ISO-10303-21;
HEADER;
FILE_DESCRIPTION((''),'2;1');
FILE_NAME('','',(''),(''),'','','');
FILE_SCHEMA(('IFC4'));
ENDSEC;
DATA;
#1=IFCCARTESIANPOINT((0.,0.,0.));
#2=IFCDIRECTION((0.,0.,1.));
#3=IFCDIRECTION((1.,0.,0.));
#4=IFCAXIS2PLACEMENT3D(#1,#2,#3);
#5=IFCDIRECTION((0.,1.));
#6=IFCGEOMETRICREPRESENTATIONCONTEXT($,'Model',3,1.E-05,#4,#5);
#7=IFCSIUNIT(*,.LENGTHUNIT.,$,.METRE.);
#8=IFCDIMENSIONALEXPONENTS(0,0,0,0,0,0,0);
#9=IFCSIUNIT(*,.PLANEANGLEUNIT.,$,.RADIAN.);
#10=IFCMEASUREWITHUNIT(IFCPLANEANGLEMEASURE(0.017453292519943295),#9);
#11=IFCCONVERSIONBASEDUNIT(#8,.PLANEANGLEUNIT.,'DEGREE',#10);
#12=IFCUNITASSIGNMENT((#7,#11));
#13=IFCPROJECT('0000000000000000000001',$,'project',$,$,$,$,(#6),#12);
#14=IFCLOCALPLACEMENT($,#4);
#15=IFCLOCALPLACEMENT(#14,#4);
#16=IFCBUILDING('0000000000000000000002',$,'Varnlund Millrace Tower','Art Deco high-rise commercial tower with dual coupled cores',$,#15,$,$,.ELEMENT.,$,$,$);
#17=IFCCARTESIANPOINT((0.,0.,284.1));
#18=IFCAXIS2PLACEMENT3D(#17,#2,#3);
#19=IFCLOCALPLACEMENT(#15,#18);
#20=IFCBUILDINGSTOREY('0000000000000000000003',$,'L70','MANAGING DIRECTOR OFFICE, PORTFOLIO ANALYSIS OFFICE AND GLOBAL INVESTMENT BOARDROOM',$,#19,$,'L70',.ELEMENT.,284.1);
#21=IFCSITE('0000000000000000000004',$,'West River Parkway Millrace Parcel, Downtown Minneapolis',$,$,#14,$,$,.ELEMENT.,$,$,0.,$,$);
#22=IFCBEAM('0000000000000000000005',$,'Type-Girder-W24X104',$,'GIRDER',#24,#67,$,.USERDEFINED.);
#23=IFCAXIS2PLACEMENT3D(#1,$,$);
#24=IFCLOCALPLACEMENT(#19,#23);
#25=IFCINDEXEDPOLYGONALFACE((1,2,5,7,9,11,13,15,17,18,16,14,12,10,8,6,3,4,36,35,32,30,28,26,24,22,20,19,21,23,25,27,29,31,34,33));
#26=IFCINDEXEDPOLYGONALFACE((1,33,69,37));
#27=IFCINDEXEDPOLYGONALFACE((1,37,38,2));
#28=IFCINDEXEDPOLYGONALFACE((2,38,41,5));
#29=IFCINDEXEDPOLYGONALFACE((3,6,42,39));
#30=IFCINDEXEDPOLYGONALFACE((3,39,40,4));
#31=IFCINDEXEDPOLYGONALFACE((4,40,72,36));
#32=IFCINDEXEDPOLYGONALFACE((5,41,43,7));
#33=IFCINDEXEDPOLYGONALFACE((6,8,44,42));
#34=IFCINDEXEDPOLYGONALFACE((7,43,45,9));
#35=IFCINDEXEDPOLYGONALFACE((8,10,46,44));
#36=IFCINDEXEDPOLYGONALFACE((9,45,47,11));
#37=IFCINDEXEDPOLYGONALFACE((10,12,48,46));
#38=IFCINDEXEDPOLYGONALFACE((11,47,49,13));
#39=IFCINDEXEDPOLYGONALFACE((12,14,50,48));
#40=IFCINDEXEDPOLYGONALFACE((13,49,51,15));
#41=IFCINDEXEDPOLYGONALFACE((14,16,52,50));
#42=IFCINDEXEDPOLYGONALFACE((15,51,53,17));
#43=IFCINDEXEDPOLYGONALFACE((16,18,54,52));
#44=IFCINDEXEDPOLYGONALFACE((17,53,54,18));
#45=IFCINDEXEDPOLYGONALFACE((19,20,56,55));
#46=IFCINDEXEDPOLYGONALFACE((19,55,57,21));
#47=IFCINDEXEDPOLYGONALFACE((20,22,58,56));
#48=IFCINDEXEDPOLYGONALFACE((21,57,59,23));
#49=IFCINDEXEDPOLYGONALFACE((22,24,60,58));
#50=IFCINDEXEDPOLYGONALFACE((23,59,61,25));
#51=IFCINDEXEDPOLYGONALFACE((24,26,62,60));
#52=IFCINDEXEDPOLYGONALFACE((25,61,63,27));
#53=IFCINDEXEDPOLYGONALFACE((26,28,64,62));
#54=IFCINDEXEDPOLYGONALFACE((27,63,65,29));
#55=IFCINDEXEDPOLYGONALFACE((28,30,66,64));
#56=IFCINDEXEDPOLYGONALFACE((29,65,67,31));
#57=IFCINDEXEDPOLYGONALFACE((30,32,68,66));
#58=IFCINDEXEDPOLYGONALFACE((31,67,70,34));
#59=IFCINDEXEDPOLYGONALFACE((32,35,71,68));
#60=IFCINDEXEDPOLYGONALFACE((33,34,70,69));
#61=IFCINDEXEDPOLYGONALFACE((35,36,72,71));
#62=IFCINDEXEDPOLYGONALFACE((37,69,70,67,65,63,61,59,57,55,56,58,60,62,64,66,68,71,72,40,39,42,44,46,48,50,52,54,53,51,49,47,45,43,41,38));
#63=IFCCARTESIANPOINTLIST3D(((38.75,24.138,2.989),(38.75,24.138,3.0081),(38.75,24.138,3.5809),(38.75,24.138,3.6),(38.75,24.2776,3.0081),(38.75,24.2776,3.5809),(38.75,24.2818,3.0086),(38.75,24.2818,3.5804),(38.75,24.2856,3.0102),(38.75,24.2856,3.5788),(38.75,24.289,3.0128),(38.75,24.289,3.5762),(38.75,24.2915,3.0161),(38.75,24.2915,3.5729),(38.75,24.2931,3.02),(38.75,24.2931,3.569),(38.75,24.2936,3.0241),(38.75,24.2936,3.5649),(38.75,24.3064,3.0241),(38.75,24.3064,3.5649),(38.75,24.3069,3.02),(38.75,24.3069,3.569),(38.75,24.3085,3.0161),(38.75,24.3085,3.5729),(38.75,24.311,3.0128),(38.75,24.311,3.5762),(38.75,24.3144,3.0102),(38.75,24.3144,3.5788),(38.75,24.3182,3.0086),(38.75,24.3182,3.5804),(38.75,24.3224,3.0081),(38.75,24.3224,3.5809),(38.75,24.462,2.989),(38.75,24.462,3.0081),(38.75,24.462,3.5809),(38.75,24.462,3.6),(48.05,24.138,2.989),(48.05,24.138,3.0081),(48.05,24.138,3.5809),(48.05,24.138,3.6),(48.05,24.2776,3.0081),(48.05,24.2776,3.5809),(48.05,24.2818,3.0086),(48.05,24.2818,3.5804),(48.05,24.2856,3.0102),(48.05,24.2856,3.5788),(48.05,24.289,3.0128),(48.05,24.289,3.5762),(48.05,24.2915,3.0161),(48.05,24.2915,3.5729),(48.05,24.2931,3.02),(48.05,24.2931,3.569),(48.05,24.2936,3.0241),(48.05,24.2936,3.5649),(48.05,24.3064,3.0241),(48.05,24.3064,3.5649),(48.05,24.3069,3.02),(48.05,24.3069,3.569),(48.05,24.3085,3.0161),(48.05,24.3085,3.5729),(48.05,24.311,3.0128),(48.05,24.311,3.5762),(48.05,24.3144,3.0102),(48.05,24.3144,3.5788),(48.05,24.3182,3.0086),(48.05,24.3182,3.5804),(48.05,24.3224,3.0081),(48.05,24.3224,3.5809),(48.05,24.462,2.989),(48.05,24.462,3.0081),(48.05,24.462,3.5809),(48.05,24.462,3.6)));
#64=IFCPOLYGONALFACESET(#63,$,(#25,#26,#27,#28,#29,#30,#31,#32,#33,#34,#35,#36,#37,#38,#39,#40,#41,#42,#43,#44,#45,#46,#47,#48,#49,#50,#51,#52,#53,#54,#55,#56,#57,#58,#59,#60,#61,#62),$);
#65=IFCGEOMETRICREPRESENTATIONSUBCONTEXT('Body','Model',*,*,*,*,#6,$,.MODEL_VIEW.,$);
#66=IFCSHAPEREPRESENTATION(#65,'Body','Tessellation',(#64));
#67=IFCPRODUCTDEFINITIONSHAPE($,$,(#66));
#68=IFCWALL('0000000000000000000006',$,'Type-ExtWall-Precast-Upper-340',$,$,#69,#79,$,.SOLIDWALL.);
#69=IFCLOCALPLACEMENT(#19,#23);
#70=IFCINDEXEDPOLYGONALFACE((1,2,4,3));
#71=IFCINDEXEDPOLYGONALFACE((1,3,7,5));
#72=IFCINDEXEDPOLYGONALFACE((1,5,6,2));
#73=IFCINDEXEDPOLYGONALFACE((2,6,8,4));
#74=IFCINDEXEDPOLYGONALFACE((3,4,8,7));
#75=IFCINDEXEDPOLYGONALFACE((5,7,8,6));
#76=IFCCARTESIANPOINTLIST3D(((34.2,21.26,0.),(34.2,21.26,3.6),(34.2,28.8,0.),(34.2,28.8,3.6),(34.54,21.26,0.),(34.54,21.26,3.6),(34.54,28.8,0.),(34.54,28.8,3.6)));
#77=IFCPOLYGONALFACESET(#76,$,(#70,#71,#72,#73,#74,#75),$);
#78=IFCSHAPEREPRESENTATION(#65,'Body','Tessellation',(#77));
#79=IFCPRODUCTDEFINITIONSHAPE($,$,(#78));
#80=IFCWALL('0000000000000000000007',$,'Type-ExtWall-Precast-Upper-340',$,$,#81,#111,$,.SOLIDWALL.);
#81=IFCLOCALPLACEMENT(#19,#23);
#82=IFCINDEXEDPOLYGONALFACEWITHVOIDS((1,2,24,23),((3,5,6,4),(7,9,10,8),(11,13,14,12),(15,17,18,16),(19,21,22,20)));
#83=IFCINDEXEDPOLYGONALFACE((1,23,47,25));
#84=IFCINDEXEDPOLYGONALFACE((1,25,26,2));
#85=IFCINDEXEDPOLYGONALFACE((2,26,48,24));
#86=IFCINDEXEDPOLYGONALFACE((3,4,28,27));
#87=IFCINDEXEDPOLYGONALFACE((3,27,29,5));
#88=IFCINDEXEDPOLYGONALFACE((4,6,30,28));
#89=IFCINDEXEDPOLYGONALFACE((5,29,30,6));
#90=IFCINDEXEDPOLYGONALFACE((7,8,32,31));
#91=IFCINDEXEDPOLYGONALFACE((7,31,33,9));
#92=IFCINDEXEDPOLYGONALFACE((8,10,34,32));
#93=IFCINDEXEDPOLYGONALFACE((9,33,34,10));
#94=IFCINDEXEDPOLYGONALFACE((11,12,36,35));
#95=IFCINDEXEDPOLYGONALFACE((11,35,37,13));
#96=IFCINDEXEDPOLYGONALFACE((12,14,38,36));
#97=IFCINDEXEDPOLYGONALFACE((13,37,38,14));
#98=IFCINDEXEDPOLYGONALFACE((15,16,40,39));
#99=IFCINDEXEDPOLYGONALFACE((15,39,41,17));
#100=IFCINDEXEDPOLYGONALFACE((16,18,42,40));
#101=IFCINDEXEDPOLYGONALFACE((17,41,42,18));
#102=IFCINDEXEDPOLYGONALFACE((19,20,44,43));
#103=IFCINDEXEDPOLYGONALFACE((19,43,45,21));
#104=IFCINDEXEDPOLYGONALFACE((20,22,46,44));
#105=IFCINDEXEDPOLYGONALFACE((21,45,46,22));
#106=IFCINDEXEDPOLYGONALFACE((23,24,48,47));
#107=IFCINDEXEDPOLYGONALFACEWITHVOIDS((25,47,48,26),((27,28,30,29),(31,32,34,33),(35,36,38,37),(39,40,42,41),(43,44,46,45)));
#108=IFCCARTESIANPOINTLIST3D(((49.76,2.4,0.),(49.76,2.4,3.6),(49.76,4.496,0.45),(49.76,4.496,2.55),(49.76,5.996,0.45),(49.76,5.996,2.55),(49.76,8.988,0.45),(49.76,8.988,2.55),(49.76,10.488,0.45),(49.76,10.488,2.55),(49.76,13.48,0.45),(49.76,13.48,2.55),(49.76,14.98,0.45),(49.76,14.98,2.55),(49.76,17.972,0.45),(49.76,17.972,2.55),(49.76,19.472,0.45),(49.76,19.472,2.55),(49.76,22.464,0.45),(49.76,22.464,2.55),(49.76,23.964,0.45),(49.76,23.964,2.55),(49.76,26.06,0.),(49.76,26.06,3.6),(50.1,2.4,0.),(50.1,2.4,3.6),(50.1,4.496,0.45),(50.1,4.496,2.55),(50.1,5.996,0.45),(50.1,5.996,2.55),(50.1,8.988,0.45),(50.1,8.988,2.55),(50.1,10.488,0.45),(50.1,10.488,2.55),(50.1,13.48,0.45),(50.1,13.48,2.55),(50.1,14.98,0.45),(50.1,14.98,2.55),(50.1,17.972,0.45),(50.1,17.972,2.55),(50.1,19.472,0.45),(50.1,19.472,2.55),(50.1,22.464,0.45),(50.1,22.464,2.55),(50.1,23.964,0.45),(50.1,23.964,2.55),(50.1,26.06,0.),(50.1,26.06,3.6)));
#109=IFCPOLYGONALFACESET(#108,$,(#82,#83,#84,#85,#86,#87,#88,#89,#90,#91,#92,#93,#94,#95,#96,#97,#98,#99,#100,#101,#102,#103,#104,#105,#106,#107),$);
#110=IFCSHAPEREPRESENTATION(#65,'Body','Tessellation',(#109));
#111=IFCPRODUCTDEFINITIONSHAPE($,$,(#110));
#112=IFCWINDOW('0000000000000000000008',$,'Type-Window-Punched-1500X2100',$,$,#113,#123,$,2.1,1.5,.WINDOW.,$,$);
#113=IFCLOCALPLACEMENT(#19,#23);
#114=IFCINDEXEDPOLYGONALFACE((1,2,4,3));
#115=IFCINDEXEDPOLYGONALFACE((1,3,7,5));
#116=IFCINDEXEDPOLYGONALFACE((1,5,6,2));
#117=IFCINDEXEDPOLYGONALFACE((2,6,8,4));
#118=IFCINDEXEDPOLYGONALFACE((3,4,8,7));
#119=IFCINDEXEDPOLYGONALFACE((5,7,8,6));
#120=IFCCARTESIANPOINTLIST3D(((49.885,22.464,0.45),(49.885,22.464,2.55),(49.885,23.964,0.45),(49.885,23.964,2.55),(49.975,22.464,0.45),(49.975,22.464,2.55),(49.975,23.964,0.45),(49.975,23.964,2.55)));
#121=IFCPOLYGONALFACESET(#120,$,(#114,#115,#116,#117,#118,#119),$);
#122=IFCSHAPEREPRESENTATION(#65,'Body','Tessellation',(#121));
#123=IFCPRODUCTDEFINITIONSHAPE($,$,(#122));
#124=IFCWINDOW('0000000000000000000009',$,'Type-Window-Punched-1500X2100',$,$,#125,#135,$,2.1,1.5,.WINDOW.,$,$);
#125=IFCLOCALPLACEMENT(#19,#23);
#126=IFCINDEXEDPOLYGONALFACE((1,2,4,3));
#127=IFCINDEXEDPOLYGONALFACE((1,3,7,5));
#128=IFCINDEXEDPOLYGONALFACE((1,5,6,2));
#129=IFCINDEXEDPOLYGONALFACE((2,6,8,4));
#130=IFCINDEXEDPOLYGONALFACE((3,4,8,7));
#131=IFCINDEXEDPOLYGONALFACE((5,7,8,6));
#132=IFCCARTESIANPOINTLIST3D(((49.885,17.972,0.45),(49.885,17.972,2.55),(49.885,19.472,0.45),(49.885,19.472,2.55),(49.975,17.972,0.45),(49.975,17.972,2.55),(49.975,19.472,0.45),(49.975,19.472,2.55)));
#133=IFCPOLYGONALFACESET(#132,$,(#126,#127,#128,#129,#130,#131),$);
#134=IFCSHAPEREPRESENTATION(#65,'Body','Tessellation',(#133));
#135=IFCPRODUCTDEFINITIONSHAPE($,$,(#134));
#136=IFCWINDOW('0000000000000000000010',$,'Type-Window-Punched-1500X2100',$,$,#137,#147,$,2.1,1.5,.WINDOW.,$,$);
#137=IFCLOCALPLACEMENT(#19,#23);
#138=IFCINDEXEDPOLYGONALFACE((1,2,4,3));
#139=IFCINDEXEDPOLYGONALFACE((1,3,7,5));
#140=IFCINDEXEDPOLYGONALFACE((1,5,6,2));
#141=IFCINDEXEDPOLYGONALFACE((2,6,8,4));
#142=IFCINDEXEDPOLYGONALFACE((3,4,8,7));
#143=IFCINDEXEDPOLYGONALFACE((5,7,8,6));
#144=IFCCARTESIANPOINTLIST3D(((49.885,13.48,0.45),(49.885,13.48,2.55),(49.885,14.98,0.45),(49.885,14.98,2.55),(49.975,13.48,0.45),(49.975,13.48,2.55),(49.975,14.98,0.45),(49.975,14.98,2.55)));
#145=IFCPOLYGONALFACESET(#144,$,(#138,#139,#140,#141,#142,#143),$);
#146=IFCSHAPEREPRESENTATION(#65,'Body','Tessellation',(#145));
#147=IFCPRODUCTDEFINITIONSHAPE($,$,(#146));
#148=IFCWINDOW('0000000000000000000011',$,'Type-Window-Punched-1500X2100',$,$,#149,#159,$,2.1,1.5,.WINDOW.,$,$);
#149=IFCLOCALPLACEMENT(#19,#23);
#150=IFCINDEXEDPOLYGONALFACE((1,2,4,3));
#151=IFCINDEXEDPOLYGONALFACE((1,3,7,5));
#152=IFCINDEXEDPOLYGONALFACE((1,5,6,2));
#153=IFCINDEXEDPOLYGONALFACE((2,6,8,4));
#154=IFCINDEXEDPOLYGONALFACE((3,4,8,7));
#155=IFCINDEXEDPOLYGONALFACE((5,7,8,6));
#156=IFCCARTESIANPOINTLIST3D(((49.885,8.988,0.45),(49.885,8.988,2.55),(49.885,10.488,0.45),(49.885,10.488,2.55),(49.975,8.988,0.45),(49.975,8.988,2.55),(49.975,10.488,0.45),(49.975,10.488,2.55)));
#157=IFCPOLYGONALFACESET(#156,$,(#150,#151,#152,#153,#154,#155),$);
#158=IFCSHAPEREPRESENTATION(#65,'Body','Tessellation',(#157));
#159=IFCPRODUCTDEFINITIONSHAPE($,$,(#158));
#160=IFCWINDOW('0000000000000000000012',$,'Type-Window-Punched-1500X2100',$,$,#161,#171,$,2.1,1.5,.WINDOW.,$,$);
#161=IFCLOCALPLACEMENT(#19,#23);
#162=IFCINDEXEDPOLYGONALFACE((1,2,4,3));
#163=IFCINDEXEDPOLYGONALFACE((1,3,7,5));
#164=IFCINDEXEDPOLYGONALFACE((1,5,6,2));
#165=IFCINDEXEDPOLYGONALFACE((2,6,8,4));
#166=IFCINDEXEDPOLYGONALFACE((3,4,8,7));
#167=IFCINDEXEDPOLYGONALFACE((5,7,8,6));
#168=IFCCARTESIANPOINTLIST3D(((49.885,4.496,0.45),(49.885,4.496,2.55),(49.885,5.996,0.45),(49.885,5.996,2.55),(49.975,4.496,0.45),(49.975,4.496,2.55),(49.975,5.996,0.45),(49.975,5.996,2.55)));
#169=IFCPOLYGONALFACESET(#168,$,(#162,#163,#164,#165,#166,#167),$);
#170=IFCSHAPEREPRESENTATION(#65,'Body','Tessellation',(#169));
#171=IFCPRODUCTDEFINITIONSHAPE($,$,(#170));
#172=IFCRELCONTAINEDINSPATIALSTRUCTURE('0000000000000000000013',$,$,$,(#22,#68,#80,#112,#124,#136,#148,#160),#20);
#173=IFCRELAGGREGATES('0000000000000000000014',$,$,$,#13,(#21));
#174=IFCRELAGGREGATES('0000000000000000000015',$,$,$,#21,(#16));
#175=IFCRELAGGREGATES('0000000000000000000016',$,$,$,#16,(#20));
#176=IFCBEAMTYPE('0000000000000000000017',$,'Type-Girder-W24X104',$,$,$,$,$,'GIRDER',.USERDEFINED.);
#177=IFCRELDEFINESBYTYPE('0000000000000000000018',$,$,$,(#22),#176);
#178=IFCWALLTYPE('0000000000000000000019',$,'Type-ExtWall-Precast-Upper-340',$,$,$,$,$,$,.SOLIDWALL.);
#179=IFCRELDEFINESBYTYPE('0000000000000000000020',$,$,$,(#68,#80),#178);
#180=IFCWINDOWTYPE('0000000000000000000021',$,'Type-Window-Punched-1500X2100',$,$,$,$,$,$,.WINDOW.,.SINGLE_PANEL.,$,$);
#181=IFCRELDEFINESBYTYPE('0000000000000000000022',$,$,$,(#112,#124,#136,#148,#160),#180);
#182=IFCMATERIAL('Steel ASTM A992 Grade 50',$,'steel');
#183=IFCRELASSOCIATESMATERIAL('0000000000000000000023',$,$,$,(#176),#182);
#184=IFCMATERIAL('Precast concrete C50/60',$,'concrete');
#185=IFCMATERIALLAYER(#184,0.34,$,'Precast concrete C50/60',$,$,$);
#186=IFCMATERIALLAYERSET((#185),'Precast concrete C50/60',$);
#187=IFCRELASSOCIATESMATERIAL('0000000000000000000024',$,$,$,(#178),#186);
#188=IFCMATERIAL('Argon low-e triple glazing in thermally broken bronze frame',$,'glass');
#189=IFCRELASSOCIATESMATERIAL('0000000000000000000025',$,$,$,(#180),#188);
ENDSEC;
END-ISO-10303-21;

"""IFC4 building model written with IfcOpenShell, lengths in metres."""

from ifc_helpers import new_model, entity, si_unit, converted_unit, direction, frame, origin_with_axes, origin_2d_with_axis, place, context, subcontext, project, spatial, polyline, rectangle, i_section, outline, extrude, material, layer, layer_set, material_profile, profile_set, type_object, element, fill, save


model = new_model("IFC4")

# Units and contexts
model_context = context("Model", 3, precision=1e-05, world=origin_with_axes(), true_north=direction((0.0, 1.0)))
body_context = subcontext(model_context, "Body", "Model", "MODEL_VIEW")
ifc_project = project(units=[si_unit("LENGTHUNIT", "METRE"), converted_unit("PLANEANGLEUNIT", "DEGREE", entity("IfcPlaneAngleMeasure", 0.017453292519943295), si_unit("PLANEANGLEUNIT", "RADIAN"), dimensions=[0, 0, 0, 0, 0, 0, 0])], contexts=[model_context])

# Site, building, storey
site_placement = place(None, origin_with_axes())
site = spatial("IfcSite", under=ifc_project, at=site_placement, Name="West River Parkway Millrace Parcel, Downtown Minneapolis", CompositionType="ELEMENT", RefElevation=0.0)
building_placement = place(site_placement, origin_with_axes())
building = spatial("IfcBuilding", under=site, at=building_placement, Name="Varnlund Millrace Tower", Description="Art Deco high-rise commercial tower with dual coupled cores", CompositionType="ELEMENT")
storey_placement = place(building_placement, frame((0.0, 0.0, 284.1), z_axis=(0.0, 0.0, 1.0), x_axis=(1.0, 0.0, 0.0)))
storey = spatial("IfcBuildingStorey", under=building, at=storey_placement, Name="L70", Description="MANAGING DIRECTOR OFFICE, PORTFOLIO ANALYSIS OFFICE AND GLOBAL INVESTMENT BOARDROOM", LongName="L70", CompositionType="ELEMENT", Elevation=284.1)

# Beam
ifc_material_1 = material(Name="Steel ASTM A992 Grade 50", Category="steel")
ifc_material_profile_1 = material_profile(ifc_material_1, i_section(OverallWidth=0.324, OverallDepth=0.611, WebThickness=0.0127, FlangeThickness=0.0191, FilletRadius=0.016, at=origin_2d_with_axis()), Name="Steel ASTM A992 Grade 50")
ifc_profile_set_1 = profile_set([ifc_material_profile_1], Name="Steel ASTM A992 Grade 50")
beam_type_1 = type_object("IfcBeamType", Name="Type-Girder-W24X104", ElementType="GIRDER", PredefinedType="USERDEFINED", material=ifc_profile_set_1)
beam_1_placement = place(storey_placement, frame((38.75, 24.3, 3.2945), z_axis=(1.0, 0.0, 0.0), x_axis=(0.0, 1.0, 0.0)))
element("IfcBeam", 1, at=beam_1_placement, inside=storey, type_object=beam_type_1, Name="Type-Girder-W24X104", ObjectType="GIRDER", PredefinedType="USERDEFINED", context=body_context, shape_type="SweptSolid", body=[
    extrude(i_section(OverallWidth=0.324, OverallDepth=0.611, WebThickness=0.0127, FlangeThickness=0.0191, FilletRadius=0.016, at=origin_2d_with_axis()), origin_with_axes(), (0.0, 0.0, 1.0), 9.3),
])

# Wall
ifc_material_2 = material(Name="Precast concrete C50/60", Category="concrete")
ifc_layer_1 = layer(ifc_material_2, 0.34, Name="Precast concrete C50/60")
ifc_layer_set_1 = layer_set([ifc_layer_1], Name="Precast concrete C50/60")
wall_type_1 = type_object("IfcWallType", Name="Type-ExtWall-Precast-Upper-340", PredefinedType="SOLIDWALL", material=ifc_layer_set_1)
wall_1_placement = place(storey_placement, frame((34.37, 21.26, 0.0), z_axis=(0.0, 0.0, 1.0), x_axis=(0.0, 1.0, 0.0)))
element("IfcWall", 2, at=wall_1_placement, inside=storey, type_object=wall_type_1, Name="Type-ExtWall-Precast-Upper-340", PredefinedType="SOLIDWALL", context=body_context, shape_type="SweptSolid", body=[
    extrude(outline(polyline([(0.0, -0.17), (7.54, -0.17), (7.54, 0.17), (0.0, 0.17), (0.0, -0.17)])), origin_with_axes(), (0.0, 0.0, 1.0), 3.6),
])

# Wall, openings, windows
wall_2_placement = place(storey_placement, frame((49.93, 26.06, 0.0), z_axis=(0.0, 0.0, 1.0), x_axis=(0.0, -1.0, 0.0)))
wall_2 = element("IfcWall", 3, at=wall_2_placement, inside=storey, type_object=wall_type_1, Name="Type-ExtWall-Precast-Upper-340", PredefinedType="SOLIDWALL", context=body_context, shape_type="SweptSolid", body=[
    extrude(outline(polyline([(0.0, -0.17), (23.66, -0.17), (23.66, 0.17), (0.0, 0.17), (0.0, -0.17)])), origin_with_axes(), (0.0, 0.0, 1.0), 3.6),
])
opening_1_placement = place(wall_2_placement, frame((2.846, 0.0, 0.45), z_axis=(0.0, 0.0, 1.0), x_axis=(1.0, 0.0, 0.0)))
opening_1 = element("IfcOpeningElement", 4, at=opening_1_placement, cuts=wall_2, PredefinedType="OPENING", context=body_context, shape_type="SweptSolid", body=[
    extrude(rectangle(XDim=1.5, YDim=0.36, at=origin_2d_with_axis()), origin_with_axes(), (0.0, 0.0, 1.0), 2.1),
])
opening_2_placement = place(wall_2_placement, frame((7.338, 0.0, 0.45), z_axis=(0.0, 0.0, 1.0), x_axis=(1.0, 0.0, 0.0)))
opening_2 = element("IfcOpeningElement", 5, at=opening_2_placement, cuts=wall_2, PredefinedType="OPENING", context=body_context, shape_type="SweptSolid", body=[
    extrude(rectangle(XDim=1.5, YDim=0.36, at=origin_2d_with_axis()), origin_with_axes(), (0.0, 0.0, 1.0), 2.1),
])
opening_3_placement = place(wall_2_placement, frame((11.83, 0.0, 0.45), z_axis=(0.0, 0.0, 1.0), x_axis=(1.0, 0.0, 0.0)))
opening_3 = element("IfcOpeningElement", 6, at=opening_3_placement, cuts=wall_2, PredefinedType="OPENING", context=body_context, shape_type="SweptSolid", body=[
    extrude(rectangle(XDim=1.5, YDim=0.36, at=origin_2d_with_axis()), origin_with_axes(), (0.0, 0.0, 1.0), 2.1),
])
opening_4_placement = place(wall_2_placement, frame((16.322, 0.0, 0.45), z_axis=(0.0, 0.0, 1.0), x_axis=(1.0, 0.0, 0.0)))
opening_4 = element("IfcOpeningElement", 7, at=opening_4_placement, cuts=wall_2, PredefinedType="OPENING", context=body_context, shape_type="SweptSolid", body=[
    extrude(rectangle(XDim=1.5, YDim=0.36, at=origin_2d_with_axis()), origin_with_axes(), (0.0, 0.0, 1.0), 2.1),
])
opening_5_placement = place(wall_2_placement, frame((20.814, 0.0, 0.45), z_axis=(0.0, 0.0, 1.0), x_axis=(1.0, 0.0, 0.0)))
opening_5 = element("IfcOpeningElement", 8, at=opening_5_placement, cuts=wall_2, PredefinedType="OPENING", context=body_context, shape_type="SweptSolid", body=[
    extrude(rectangle(XDim=1.5, YDim=0.36, at=origin_2d_with_axis()), origin_with_axes(), (0.0, 0.0, 1.0), 2.1),
])
ifc_material_3 = material(Name="Argon low-e triple glazing in thermally broken bronze frame", Category="glass")
window_type = type_object("IfcWindowType", Name="Type-Window-Punched-1500X2100", PartitioningType="SINGLE_PANEL", PredefinedType="WINDOW", material=ifc_material_3)
window_1_placement = place(wall_2_placement, frame((2.846, 0.0, 0.45), z_axis=(0.0, 0.0, 1.0), x_axis=(1.0, 0.0, 0.0)))
window_1 = element("IfcWindow", 9, at=window_1_placement, inside=storey, type_object=window_type, Name="Type-Window-Punched-1500X2100", OverallHeight=2.1, OverallWidth=1.5, PredefinedType="WINDOW", context=body_context, shape_type="SweptSolid", body=[
    extrude(rectangle(XDim=1.5, YDim=0.09, at=origin_2d_with_axis()), origin_with_axes(), (0.0, 0.0, 1.0), 2.1),
])
fill(opening_1, window_1)
window_2_placement = place(wall_2_placement, frame((7.338, 0.0, 0.45), z_axis=(0.0, 0.0, 1.0), x_axis=(1.0, 0.0, 0.0)))
window_2 = element("IfcWindow", 10, at=window_2_placement, inside=storey, type_object=window_type, Name="Type-Window-Punched-1500X2100", OverallHeight=2.1, OverallWidth=1.5, PredefinedType="WINDOW", context=body_context, shape_type="SweptSolid", body=[
    extrude(rectangle(XDim=1.5, YDim=0.09, at=origin_2d_with_axis()), origin_with_axes(), (0.0, 0.0, 1.0), 2.1),
])
fill(opening_2, window_2)
window_3_placement = place(wall_2_placement, frame((11.83, 0.0, 0.45), z_axis=(0.0, 0.0, 1.0), x_axis=(1.0, 0.0, 0.0)))
window_3 = element("IfcWindow", 11, at=window_3_placement, inside=storey, type_object=window_type, Name="Type-Window-Punched-1500X2100", OverallHeight=2.1, OverallWidth=1.5, PredefinedType="WINDOW", context=body_context, shape_type="SweptSolid", body=[
    extrude(rectangle(XDim=1.5, YDim=0.09, at=origin_2d_with_axis()), origin_with_axes(), (0.0, 0.0, 1.0), 2.1),
])
fill(opening_3, window_3)
window_4_placement = place(wall_2_placement, frame((16.322, 0.0, 0.45), z_axis=(0.0, 0.0, 1.0), x_axis=(1.0, 0.0, 0.0)))
window_4 = element("IfcWindow", 12, at=window_4_placement, inside=storey, type_object=window_type, Name="Type-Window-Punched-1500X2100", OverallHeight=2.1, OverallWidth=1.5, PredefinedType="WINDOW", context=body_context, shape_type="SweptSolid", body=[
    extrude(rectangle(XDim=1.5, YDim=0.09, at=origin_2d_with_axis()), origin_with_axes(), (0.0, 0.0, 1.0), 2.1),
])
fill(opening_4, window_4)
window_5_placement = place(wall_2_placement, frame((20.814, 0.0, 0.45), z_axis=(0.0, 0.0, 1.0), x_axis=(1.0, 0.0, 0.0)))
window_5 = element("IfcWindow", 13, at=window_5_placement, inside=storey, type_object=window_type, Name="Type-Window-Punched-1500X2100", OverallHeight=2.1, OverallWidth=1.5, PredefinedType="WINDOW", context=body_context, shape_type="SweptSolid", body=[
    extrude(rectangle(XDim=1.5, YDim=0.09, at=origin_2d_with_axis()), origin_with_axes(), (0.0, 0.0, 1.0), 2.1),
])
fill(opening_5, window_5)

save(model, "model.ifc")
